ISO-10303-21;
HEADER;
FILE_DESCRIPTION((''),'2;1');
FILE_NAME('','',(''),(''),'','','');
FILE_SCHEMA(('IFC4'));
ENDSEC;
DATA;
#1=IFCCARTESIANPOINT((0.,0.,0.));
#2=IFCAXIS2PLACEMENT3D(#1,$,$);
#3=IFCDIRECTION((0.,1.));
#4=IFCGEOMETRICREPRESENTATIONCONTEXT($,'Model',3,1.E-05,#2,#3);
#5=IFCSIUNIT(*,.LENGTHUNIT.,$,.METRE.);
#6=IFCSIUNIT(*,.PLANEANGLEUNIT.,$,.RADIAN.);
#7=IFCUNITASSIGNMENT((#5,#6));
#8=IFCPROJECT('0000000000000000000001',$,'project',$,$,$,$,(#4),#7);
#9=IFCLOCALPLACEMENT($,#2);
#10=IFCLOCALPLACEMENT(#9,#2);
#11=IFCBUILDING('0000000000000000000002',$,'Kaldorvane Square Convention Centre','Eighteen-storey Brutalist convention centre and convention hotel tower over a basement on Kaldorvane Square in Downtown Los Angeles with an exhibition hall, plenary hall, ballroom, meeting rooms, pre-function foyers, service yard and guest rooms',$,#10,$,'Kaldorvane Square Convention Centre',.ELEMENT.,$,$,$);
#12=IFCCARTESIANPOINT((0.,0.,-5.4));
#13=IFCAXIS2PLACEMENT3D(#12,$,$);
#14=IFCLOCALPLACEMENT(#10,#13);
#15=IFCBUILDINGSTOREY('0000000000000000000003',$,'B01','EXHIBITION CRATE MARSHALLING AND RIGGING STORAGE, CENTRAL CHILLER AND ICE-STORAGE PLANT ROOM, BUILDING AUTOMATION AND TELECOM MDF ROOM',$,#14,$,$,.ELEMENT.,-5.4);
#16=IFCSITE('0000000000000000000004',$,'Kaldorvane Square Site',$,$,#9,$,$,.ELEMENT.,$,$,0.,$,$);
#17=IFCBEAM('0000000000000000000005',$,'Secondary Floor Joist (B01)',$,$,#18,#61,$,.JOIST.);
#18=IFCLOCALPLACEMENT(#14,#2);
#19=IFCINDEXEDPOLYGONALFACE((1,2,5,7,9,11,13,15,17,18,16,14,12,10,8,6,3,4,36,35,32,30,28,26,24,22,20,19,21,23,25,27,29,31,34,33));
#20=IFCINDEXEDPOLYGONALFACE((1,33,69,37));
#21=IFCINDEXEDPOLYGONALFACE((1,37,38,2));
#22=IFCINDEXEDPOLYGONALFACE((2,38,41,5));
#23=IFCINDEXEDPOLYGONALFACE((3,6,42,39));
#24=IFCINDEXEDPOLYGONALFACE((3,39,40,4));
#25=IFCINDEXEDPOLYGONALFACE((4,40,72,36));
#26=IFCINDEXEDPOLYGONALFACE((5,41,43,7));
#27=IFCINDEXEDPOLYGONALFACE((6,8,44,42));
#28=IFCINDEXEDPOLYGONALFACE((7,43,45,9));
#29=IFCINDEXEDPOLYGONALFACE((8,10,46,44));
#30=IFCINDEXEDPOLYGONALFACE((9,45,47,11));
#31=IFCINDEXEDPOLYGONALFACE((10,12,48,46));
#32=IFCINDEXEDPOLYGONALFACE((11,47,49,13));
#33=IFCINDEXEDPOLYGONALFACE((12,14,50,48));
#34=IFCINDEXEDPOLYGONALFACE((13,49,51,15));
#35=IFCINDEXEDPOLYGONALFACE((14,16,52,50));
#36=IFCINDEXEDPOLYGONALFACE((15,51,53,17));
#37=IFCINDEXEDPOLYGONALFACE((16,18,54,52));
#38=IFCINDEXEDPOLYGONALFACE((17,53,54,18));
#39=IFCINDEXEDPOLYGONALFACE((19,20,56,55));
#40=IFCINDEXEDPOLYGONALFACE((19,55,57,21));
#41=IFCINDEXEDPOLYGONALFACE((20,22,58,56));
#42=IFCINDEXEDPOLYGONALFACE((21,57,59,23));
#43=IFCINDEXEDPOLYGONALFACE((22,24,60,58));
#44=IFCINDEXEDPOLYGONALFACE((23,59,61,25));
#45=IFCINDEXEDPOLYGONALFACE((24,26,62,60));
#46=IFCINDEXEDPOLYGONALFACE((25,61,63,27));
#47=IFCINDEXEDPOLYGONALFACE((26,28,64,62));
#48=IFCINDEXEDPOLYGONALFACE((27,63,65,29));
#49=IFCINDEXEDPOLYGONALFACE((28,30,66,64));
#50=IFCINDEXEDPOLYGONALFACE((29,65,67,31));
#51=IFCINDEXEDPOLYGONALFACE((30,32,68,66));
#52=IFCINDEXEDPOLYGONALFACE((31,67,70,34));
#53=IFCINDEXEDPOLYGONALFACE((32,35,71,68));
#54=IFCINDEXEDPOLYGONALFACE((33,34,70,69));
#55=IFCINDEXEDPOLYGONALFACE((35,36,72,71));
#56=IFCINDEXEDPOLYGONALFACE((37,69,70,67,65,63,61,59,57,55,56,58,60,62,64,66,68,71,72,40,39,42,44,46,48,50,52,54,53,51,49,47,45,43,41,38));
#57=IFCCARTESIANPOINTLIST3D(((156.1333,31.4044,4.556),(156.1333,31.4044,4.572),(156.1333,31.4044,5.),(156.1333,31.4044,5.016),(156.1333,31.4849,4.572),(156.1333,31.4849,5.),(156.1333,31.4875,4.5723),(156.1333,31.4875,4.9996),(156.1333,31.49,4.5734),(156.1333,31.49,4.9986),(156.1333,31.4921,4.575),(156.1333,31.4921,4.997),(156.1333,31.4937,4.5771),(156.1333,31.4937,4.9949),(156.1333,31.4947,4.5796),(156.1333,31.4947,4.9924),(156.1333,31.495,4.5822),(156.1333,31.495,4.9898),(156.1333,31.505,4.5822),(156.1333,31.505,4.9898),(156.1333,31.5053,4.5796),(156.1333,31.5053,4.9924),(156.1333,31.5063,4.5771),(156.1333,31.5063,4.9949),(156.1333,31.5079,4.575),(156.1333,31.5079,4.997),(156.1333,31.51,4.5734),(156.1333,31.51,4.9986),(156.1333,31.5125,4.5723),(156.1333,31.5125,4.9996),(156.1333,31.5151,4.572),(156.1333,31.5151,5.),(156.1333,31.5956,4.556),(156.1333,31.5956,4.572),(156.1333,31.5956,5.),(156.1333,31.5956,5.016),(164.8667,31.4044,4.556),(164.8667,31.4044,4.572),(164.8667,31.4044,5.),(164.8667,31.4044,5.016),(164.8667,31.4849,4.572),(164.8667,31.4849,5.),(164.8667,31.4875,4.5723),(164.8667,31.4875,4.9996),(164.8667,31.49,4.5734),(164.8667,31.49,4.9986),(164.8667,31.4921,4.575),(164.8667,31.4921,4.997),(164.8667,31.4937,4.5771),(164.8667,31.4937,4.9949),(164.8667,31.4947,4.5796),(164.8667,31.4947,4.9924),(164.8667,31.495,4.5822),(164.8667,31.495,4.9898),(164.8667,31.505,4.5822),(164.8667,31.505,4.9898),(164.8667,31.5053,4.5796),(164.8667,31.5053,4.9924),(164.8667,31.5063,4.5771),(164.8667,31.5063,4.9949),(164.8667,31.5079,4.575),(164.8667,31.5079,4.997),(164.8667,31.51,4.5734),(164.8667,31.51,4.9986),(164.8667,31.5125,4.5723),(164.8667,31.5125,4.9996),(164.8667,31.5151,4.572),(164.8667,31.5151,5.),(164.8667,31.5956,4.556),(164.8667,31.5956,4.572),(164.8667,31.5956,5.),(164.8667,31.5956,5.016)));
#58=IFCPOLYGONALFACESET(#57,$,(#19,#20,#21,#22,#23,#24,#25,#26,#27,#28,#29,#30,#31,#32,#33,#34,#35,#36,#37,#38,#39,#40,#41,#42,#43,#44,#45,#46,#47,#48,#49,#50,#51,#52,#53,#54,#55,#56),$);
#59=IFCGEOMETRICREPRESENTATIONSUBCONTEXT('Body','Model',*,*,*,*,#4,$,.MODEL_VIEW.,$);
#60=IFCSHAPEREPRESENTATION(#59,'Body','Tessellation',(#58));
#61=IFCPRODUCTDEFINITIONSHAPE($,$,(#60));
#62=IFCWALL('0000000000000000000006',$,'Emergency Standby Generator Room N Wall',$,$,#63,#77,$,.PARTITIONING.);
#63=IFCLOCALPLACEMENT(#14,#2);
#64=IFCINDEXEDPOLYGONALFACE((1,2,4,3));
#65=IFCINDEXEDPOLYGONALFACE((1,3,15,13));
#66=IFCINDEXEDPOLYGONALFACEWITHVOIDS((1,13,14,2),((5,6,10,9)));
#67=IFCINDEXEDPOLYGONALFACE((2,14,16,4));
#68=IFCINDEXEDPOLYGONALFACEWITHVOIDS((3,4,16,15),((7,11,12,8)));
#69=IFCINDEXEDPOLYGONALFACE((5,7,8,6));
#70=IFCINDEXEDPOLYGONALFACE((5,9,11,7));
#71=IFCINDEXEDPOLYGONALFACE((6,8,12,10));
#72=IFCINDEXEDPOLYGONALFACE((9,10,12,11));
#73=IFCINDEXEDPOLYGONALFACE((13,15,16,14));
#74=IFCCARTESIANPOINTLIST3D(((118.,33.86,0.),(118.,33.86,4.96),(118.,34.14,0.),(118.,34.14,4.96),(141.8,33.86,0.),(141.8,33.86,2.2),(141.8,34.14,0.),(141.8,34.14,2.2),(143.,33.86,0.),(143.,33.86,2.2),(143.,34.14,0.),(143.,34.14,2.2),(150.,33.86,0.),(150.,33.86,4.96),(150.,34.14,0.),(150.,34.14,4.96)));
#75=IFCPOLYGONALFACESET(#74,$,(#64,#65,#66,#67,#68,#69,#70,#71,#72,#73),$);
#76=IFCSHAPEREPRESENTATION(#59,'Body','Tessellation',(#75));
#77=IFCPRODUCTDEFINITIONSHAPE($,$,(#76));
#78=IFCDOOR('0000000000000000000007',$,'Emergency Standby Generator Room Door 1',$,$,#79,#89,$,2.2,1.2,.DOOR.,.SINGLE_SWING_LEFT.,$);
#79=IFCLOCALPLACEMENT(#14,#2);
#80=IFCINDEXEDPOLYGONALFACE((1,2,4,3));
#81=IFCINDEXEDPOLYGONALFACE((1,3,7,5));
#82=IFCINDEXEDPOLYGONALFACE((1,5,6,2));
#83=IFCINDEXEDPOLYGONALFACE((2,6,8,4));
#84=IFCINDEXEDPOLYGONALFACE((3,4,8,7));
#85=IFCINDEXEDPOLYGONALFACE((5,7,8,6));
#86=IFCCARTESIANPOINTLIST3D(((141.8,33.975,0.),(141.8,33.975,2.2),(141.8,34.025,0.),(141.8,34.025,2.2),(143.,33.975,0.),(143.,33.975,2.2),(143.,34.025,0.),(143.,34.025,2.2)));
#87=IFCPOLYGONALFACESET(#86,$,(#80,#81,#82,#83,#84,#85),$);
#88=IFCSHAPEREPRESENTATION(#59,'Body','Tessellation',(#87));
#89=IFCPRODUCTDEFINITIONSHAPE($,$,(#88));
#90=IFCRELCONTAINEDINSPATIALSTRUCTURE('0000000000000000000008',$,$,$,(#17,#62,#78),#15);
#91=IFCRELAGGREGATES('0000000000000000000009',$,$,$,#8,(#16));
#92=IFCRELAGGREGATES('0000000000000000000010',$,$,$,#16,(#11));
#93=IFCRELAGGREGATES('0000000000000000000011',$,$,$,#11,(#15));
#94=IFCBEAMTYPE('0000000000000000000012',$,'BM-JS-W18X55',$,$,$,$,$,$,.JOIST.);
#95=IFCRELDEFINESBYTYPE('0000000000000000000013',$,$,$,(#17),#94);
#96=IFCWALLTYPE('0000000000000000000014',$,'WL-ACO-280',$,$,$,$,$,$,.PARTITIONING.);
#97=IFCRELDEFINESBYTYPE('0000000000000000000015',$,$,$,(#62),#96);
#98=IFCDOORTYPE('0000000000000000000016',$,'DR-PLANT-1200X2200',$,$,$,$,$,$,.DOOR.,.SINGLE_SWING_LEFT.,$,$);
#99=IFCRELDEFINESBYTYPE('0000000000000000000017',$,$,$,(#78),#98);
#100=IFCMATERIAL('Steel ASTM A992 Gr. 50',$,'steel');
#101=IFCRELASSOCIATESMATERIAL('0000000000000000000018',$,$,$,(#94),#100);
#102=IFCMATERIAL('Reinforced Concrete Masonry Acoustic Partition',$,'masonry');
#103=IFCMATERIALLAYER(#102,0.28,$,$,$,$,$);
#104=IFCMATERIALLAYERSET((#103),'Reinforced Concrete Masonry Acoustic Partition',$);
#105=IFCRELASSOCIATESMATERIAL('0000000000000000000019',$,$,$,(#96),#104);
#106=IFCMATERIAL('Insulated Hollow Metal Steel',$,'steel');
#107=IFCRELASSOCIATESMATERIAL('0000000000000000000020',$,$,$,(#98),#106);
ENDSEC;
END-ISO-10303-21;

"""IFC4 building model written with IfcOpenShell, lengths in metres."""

from ifc_helpers import new_model, si_unit, direction, frame, frame_2d, origin, origin_2d, place, context, subcontext, project, spatial, rectangle, i_section, extrude, material, layer, layer_set, material_profile, profile_set, type_object, element, fill, save


model = new_model("IFC4")

# Units and contexts
model_context = context("Model", 3, precision=1e-05, world=origin(), true_north=direction((0.0, 1.0)))
body_context = subcontext(model_context, "Body", "Model", "MODEL_VIEW")
ifc_project = project(units=[si_unit("LENGTHUNIT", "METRE"), si_unit("PLANEANGLEUNIT", "RADIAN")], contexts=[model_context])

# Site, building, storey
site_placement = place(None, origin())
site = spatial("IfcSite", under=ifc_project, at=site_placement, Name="Kaldorvane Square Site", CompositionType="ELEMENT", RefElevation=0.0)
building_placement = place(site_placement, origin())
building = spatial("IfcBuilding", under=site, at=building_placement, Name="Kaldorvane Square Convention Centre", Description="Eighteen-storey Brutalist convention centre and convention hotel tower over a basement on Kaldorvane Square in Downtown Los Angeles with an exhibition hall, plenary hall, ballroom, meeting rooms, pre-function foyers, service yard and guest rooms", LongName="Kaldorvane Square Convention Centre", CompositionType="ELEMENT")
storey_placement = place(building_placement, frame((0.0, 0.0, -5.4)))
storey = spatial("IfcBuildingStorey", under=building, at=storey_placement, Name="B01", Description="EXHIBITION CRATE MARSHALLING AND RIGGING STORAGE, CENTRAL CHILLER AND ICE-STORAGE PLANT ROOM, BUILDING AUTOMATION AND TELECOM MDF ROOM", CompositionType="ELEMENT", Elevation=-5.4)

# Shared definitions
ifc_material_1 = material(Name="Steel ASTM A992 Gr. 50", Category="steel")

# Beam
ifc_material_profile_1 = material_profile(ifc_material_1, i_section(OverallWidth=0.1913, OverallDepth=0.46, WebThickness=0.0099, FlangeThickness=0.016, FilletRadius=0.0102, at=origin_2d()), Name="W18X55")
ifc_profile_set_1 = profile_set([ifc_material_profile_1], Name="Steel ASTM A992 Gr. 50")
beam_type_1 = type_object("IfcBeamType", Name="BM-JS-W18X55", PredefinedType="JOIST", material=ifc_profile_set_1)
for number, where, z_axis, x_axis, name in (
    (1, (156.1333, 31.5, 4.786), (1.0, 0.0, 0.0), (0.0, 1.0, 0.0), "Secondary Floor Joist (B01)"),
):
    element("IfcBeam", number, at=place(storey_placement, frame(where, z_axis=z_axis, x_axis=x_axis)), inside=storey, type_object=beam_type_1, Name=name, PredefinedType="JOIST", context=body_context, shape_type="SweptSolid", body=[
        extrude(i_section(OverallWidth=0.1913, OverallDepth=0.46, WebThickness=0.0099, FlangeThickness=0.016, FilletRadius=0.0102, at=origin_2d()), origin(), (0.0, 0.0, 1.0), 8.7334),
    ])

# Wall, opening, door
ifc_material_2 = material(Name="Reinforced Concrete Masonry Acoustic Partition", Category="masonry")
ifc_layer = layer(ifc_material_2, 0.28)
ifc_layer_set = layer_set([ifc_layer], Name="Reinforced Concrete Masonry Acoustic Partition")
wall_type = type_object("IfcWallType", Name="WL-ACO-280", PredefinedType="PARTITIONING", material=ifc_layer_set)
wall_placement = place(storey_placement, frame((150.0, 34.0, 0.0), z_axis=(0.0, 0.0, 1.0), x_axis=(-1.0, 0.0, 0.0)))
wall = element("IfcWall", 2, at=wall_placement, inside=storey, type_object=wall_type, Name="Emergency Standby Generator Room N Wall", PredefinedType="PARTITIONING", context=body_context, shape_type="SweptSolid", body=[
    extrude(rectangle(XDim=32.0, YDim=0.28, at=frame_2d((16.0, 0.0))), origin(), (0.0, 0.0, 1.0), 4.96),
])
opening_placement = place(wall_placement, frame((7.0, 0.0, 0.0)))
opening = element("IfcOpeningElement", 3, at=opening_placement, cuts=wall, PredefinedType="OPENING", context=body_context, shape_type="SweptSolid", body=[
    extrude(rectangle(XDim=1.2, YDim=2.2, at=frame_2d((0.6, 1.1))), frame((0.0, 0.155, 0.0), z_axis=(0.0, -1.0, 0.0), x_axis=(1.0, 0.0, 0.0)), (0.0, 0.0, 1.0), 0.31),
])
ifc_material_3 = material(Name="Insulated Hollow Metal Steel", Category="steel")
door_type = type_object("IfcDoorType", Name="DR-PLANT-1200X2200", OperationType="SINGLE_SWING_LEFT", PredefinedType="DOOR", material=ifc_material_3)
door_placement = place(opening_placement, origin())
door = element("IfcDoor", 4, at=door_placement, inside=storey, type_object=door_type, Name="Emergency Standby Generator Room Door 1", OperationType="SINGLE_SWING_LEFT", OverallHeight=2.2, OverallWidth=1.2, PredefinedType="DOOR", context=body_context, shape_type="SweptSolid", body=[
    extrude(rectangle(XDim=1.2, YDim=2.2, at=frame_2d((0.6, 1.1))), frame((0.0, 0.025, 0.0), z_axis=(0.0, -1.0, 0.0), x_axis=(1.0, 0.0, 0.0)), (0.0, 0.0, 1.0), 0.05),
])
fill(opening, door)

save(model, "model.ifc")
